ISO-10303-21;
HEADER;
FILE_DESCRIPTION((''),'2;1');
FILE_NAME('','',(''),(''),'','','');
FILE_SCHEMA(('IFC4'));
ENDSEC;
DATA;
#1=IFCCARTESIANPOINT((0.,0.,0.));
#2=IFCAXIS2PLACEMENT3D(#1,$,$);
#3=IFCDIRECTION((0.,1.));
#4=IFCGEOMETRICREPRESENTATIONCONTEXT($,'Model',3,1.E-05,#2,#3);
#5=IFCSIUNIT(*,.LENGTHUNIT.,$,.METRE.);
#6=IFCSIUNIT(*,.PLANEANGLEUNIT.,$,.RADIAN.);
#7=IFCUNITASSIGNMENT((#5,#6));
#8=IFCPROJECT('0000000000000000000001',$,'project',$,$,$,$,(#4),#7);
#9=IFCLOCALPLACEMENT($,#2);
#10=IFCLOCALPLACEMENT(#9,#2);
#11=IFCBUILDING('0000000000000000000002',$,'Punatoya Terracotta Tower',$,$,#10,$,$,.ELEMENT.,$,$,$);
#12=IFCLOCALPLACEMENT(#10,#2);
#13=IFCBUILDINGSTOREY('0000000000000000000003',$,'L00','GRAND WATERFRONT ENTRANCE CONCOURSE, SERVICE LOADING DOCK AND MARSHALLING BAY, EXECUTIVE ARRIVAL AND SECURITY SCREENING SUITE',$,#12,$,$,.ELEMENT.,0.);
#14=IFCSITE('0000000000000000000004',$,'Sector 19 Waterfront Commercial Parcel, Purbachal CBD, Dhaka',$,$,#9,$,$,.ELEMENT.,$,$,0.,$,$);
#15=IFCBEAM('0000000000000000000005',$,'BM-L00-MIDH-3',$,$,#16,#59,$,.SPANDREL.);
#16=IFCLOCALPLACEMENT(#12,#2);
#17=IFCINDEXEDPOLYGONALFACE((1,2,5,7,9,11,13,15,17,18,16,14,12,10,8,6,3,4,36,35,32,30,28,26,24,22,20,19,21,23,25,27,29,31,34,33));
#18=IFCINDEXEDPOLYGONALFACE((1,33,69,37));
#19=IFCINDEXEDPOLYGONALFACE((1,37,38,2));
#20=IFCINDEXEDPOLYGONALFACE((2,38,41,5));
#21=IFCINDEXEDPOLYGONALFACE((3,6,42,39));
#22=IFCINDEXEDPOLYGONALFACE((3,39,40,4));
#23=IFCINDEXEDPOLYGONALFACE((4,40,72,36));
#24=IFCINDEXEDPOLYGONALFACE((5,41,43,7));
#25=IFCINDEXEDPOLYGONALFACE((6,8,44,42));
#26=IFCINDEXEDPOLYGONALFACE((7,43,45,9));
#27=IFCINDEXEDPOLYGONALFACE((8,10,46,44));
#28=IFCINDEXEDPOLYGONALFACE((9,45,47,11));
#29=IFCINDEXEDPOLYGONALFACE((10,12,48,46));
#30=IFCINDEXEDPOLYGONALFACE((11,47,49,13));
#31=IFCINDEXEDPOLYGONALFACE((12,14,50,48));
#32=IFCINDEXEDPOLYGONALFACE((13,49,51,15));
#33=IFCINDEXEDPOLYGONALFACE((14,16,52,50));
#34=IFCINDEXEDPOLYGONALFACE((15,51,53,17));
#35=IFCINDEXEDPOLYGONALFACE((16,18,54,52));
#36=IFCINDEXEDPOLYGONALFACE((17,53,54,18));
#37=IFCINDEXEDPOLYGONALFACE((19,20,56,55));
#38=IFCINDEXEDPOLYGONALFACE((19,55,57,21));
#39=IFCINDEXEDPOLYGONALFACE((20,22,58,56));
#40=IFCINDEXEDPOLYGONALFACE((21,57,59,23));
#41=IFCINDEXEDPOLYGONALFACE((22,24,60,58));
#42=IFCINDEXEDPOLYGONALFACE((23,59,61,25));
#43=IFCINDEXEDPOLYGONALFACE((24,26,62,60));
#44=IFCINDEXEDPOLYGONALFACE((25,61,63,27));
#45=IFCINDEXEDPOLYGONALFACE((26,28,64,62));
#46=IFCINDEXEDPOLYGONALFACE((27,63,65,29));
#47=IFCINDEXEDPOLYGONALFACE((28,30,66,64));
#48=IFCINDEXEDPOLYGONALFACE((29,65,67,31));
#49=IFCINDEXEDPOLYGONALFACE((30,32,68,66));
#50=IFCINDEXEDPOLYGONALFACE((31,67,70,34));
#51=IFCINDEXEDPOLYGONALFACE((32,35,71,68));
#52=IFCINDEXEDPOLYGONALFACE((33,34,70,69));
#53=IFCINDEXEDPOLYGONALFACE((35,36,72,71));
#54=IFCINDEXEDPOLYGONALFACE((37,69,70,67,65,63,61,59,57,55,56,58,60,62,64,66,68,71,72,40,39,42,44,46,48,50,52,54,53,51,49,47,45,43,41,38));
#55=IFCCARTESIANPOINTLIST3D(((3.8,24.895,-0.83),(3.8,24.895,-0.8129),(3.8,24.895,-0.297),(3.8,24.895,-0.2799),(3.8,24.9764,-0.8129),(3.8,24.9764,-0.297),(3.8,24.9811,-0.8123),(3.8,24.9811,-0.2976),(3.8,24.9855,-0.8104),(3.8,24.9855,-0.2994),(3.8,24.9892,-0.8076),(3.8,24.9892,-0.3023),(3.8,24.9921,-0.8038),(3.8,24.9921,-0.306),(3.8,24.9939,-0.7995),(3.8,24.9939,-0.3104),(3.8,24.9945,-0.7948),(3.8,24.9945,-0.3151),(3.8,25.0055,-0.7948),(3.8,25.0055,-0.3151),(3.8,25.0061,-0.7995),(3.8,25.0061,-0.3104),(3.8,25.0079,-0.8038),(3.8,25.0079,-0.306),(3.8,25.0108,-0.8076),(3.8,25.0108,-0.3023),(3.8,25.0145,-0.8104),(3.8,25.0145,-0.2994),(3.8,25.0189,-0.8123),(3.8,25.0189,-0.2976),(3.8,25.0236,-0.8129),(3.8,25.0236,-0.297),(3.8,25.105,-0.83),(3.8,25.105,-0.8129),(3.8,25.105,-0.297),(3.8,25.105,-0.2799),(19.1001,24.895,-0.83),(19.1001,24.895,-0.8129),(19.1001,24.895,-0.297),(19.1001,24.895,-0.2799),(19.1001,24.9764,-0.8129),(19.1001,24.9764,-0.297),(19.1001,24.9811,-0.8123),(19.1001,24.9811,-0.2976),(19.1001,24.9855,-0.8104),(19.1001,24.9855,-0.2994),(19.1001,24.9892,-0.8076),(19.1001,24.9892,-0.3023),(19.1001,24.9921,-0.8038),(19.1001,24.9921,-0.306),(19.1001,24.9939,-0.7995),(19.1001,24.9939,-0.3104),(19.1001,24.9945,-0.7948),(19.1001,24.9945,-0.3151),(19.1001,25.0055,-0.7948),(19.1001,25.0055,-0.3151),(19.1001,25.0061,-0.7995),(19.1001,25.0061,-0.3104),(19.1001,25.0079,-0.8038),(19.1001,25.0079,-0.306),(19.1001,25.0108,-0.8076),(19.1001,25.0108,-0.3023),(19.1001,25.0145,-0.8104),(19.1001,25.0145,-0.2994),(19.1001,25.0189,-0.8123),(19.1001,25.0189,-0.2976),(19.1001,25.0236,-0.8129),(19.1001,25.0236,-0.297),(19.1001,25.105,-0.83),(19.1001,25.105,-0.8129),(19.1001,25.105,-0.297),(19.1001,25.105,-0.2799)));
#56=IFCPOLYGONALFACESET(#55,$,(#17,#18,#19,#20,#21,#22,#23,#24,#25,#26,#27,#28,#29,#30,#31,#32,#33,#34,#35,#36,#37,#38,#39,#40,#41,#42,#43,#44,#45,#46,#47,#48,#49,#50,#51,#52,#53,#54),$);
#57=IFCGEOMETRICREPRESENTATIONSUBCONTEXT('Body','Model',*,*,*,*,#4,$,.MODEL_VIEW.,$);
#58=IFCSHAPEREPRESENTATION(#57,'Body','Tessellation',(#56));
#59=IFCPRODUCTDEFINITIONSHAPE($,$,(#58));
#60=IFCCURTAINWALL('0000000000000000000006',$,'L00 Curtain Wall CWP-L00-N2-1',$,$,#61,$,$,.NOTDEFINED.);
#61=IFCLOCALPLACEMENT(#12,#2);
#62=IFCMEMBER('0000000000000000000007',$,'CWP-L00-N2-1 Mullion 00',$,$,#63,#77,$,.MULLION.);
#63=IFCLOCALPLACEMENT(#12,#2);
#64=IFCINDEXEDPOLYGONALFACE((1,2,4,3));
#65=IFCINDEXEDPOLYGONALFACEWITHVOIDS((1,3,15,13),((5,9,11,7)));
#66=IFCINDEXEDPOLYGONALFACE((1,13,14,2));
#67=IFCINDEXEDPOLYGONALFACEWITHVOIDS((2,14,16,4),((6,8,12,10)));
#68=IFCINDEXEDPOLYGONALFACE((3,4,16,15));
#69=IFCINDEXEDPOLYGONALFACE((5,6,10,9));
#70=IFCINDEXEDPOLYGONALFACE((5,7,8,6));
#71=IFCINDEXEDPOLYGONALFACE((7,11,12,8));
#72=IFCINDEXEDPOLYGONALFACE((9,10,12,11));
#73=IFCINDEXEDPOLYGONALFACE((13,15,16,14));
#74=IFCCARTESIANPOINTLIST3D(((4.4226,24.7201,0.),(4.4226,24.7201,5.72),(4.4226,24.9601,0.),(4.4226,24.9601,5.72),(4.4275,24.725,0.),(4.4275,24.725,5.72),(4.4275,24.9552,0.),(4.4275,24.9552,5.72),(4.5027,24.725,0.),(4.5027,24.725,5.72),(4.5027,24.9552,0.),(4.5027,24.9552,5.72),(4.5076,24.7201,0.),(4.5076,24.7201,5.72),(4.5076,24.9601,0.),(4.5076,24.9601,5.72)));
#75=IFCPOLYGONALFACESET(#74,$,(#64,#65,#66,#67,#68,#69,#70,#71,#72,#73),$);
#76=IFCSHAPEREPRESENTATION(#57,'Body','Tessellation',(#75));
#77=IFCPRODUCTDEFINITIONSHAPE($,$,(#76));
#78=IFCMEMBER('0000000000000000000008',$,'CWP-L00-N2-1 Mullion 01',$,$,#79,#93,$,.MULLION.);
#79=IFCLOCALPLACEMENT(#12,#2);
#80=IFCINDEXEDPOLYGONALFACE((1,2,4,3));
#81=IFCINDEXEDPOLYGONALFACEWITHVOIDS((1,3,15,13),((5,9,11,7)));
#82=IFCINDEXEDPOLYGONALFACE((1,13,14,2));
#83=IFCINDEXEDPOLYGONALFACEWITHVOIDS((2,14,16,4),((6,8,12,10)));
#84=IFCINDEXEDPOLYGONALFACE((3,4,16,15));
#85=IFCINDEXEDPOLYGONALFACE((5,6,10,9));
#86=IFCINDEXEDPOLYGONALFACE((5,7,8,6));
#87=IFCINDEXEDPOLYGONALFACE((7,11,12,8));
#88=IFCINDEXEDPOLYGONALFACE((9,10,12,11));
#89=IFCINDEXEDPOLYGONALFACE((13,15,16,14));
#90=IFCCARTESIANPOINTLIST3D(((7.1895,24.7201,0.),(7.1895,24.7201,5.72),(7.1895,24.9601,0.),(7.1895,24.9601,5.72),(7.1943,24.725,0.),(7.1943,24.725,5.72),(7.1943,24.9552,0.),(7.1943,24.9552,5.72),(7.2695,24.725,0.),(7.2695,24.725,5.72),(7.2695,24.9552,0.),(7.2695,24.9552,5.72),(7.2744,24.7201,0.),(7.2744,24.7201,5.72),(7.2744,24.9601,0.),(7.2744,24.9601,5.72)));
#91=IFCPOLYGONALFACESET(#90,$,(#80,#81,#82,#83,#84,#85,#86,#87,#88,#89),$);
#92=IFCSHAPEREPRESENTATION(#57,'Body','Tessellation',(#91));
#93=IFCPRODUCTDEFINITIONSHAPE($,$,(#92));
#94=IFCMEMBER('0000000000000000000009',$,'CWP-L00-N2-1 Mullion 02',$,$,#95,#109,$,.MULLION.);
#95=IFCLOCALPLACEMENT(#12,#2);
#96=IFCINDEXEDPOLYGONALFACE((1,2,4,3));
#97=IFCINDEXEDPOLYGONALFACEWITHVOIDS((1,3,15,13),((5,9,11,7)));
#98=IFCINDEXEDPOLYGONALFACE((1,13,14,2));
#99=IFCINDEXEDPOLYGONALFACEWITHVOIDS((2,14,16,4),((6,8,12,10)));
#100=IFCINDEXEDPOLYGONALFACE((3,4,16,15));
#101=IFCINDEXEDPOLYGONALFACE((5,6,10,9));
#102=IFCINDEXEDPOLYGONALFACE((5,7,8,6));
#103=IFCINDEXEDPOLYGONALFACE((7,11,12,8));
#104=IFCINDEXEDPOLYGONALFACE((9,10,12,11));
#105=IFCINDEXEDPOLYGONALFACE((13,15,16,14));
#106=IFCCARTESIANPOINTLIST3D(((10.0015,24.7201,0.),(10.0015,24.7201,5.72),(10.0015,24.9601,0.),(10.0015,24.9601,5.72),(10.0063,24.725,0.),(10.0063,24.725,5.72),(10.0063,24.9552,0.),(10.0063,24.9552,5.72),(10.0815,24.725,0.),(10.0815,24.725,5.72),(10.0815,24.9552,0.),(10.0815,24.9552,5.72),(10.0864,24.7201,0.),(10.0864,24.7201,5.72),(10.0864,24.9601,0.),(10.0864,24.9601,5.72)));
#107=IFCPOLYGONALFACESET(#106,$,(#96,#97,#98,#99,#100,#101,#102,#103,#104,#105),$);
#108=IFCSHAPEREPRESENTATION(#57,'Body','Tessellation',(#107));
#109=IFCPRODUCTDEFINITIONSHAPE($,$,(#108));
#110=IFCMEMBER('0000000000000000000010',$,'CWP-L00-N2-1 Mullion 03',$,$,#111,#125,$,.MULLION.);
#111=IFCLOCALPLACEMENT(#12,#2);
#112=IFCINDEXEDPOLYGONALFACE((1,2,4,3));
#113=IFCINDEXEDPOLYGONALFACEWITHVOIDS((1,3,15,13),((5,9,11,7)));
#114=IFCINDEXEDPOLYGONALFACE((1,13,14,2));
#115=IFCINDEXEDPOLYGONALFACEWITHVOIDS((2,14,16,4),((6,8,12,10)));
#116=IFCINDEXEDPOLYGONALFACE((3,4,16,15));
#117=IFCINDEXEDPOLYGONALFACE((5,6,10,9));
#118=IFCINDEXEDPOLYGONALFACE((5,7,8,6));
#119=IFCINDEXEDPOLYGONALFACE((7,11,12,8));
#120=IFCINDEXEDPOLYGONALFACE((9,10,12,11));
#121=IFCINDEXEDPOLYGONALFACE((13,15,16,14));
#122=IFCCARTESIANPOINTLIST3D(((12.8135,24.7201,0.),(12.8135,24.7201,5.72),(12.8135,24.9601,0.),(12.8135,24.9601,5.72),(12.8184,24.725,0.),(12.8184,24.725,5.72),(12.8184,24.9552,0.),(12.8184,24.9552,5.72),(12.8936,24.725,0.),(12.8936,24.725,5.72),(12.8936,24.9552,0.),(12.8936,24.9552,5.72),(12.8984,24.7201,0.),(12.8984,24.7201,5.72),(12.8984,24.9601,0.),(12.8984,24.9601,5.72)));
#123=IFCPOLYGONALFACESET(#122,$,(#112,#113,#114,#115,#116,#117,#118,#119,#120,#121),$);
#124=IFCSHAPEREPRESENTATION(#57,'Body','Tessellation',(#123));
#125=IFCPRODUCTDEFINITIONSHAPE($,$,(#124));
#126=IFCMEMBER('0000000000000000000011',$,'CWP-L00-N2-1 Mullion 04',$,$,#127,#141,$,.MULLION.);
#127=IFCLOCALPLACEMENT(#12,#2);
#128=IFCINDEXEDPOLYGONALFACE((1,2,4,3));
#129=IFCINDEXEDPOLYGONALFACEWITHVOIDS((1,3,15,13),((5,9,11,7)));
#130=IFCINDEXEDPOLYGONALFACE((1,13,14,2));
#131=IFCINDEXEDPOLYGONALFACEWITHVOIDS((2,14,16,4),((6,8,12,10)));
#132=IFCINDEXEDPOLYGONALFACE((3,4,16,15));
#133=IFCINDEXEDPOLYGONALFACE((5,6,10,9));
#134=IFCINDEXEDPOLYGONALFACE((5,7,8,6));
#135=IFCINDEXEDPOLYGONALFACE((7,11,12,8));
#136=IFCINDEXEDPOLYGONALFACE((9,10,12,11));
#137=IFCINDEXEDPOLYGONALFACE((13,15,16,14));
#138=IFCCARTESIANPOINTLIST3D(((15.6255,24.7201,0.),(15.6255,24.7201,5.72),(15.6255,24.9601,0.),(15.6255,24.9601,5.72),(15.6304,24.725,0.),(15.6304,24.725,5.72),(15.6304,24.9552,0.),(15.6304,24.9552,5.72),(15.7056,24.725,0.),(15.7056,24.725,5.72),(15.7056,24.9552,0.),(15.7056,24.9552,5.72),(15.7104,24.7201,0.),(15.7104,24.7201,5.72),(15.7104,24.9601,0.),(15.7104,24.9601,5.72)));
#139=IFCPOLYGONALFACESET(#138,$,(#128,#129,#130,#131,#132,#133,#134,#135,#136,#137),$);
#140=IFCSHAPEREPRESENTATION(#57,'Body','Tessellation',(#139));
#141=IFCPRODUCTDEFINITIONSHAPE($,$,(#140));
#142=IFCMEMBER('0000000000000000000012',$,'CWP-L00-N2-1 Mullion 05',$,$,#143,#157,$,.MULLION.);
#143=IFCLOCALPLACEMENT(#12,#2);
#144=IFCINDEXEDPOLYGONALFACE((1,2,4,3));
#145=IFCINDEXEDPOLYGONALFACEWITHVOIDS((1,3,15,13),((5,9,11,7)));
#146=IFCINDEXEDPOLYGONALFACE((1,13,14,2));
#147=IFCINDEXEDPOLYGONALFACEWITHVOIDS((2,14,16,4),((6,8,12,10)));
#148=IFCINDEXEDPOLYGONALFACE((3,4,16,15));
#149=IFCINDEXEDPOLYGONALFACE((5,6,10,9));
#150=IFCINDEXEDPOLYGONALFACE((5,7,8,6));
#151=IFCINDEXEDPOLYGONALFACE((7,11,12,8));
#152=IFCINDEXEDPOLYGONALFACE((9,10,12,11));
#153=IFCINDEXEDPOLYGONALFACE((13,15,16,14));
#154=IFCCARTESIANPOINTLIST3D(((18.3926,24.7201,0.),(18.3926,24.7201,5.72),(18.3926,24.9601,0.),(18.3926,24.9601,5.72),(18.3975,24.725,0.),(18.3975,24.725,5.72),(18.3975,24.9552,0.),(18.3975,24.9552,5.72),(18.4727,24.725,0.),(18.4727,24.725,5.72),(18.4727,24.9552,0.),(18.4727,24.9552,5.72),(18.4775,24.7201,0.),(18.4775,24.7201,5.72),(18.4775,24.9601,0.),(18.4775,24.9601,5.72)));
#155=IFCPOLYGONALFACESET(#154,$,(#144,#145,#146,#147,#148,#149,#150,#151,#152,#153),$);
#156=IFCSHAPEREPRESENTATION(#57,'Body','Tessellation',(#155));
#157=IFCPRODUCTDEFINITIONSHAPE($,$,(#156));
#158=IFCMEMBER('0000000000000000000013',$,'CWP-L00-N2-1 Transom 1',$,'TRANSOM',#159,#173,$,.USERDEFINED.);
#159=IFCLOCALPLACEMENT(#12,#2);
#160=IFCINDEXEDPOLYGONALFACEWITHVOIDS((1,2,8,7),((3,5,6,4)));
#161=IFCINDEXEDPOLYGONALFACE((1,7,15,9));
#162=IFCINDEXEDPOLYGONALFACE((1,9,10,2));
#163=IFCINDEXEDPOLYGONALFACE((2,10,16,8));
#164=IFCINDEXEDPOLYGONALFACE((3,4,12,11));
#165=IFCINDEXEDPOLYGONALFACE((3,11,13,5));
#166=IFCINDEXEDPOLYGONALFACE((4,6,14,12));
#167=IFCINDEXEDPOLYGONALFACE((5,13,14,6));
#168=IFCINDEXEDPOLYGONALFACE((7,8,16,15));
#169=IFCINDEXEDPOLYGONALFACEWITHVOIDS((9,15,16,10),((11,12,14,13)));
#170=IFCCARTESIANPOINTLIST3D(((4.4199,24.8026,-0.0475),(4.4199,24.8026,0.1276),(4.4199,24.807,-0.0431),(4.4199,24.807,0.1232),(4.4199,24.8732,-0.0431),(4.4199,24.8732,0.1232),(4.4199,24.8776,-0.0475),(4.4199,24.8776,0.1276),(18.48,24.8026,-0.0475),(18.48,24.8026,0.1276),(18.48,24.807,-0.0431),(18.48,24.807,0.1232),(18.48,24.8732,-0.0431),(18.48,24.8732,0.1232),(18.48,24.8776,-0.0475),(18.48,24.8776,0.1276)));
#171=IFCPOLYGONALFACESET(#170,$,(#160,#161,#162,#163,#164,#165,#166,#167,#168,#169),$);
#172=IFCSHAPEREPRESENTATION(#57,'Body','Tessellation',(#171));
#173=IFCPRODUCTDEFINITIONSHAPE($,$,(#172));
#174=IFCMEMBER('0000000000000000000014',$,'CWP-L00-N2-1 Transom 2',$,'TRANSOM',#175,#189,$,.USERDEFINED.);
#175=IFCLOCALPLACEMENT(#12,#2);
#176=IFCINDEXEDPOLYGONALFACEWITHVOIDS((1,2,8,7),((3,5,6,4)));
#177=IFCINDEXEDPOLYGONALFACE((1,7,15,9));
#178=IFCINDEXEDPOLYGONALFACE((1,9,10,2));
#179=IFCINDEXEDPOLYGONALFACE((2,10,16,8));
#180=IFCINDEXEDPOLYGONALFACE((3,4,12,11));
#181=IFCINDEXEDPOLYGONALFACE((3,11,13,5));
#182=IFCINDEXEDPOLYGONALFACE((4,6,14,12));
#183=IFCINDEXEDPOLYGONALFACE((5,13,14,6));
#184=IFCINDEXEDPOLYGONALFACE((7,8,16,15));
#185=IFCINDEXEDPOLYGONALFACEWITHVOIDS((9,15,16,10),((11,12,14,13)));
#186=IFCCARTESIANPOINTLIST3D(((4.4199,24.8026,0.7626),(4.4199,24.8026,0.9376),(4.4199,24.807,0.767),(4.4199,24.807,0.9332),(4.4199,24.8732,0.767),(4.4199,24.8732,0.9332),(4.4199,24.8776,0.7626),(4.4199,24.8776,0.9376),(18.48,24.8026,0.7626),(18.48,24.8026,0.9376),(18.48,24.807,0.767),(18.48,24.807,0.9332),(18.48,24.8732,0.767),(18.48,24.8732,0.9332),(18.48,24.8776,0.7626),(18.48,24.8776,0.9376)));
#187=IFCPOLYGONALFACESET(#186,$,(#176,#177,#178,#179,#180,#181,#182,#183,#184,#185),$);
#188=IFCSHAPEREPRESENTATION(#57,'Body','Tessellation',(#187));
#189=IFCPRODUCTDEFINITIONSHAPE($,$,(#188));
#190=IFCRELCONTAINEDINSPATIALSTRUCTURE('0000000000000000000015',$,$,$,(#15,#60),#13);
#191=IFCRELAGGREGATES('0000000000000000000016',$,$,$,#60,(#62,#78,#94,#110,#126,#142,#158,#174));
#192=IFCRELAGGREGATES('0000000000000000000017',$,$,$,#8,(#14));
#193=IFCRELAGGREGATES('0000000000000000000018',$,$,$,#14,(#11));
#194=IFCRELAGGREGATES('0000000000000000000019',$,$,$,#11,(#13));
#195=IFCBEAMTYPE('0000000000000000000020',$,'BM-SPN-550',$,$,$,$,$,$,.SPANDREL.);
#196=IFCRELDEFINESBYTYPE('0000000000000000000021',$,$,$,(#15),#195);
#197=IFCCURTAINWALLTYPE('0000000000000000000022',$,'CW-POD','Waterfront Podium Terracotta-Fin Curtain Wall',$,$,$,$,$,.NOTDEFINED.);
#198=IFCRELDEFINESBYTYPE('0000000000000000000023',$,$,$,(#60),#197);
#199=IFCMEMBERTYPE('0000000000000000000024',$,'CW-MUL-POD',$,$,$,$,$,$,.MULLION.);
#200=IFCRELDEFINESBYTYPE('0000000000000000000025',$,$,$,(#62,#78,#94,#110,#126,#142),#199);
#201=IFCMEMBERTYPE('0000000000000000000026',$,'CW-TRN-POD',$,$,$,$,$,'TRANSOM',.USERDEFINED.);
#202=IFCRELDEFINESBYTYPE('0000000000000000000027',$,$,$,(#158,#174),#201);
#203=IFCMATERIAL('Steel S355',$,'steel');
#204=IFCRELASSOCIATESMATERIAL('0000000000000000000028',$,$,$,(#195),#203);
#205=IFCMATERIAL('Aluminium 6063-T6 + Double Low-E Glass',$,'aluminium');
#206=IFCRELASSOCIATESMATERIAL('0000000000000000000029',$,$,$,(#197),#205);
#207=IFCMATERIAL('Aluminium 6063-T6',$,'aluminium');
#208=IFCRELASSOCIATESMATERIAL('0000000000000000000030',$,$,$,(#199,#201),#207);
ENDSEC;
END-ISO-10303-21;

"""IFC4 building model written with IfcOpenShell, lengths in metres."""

from ifc_helpers import new_model, si_unit, direction, frame, origin, origin_2d, place, context, subcontext, project, spatial, hollow_rectangle, i_section, extrude, material, material_profile, profile_set, type_object, element, aggregate, save


model = new_model("IFC4")

# Units and contexts
model_context = context("Model", 3, precision=1e-05, world=origin(), true_north=direction((0.0, 1.0)))
body_context = subcontext(model_context, "Body", "Model", "MODEL_VIEW")
ifc_project = project(units=[si_unit("LENGTHUNIT", "METRE"), si_unit("PLANEANGLEUNIT", "RADIAN")], contexts=[model_context])

# Site, building, storey
site_placement = place(None, origin())
site = spatial("IfcSite", under=ifc_project, at=site_placement, Name="Sector 19 Waterfront Commercial Parcel, Purbachal CBD, Dhaka", CompositionType="ELEMENT", RefElevation=0.0)
building_placement = place(site_placement, origin())
building = spatial("IfcBuilding", under=site, at=building_placement, Name="Punatoya Terracotta Tower", CompositionType="ELEMENT")
storey_placement = place(building_placement, origin())
storey = spatial("IfcBuildingStorey", under=building, at=storey_placement, Name="L00", Description="GRAND WATERFRONT ENTRANCE CONCOURSE, SERVICE LOADING DOCK AND MARSHALLING BAY, EXECUTIVE ARRIVAL AND SECURITY SCREENING SUITE", CompositionType="ELEMENT", Elevation=0.0)

# Beam
ifc_material_1 = material(Name="Steel S355", Category="steel")
ifc_material_profile_1 = material_profile(ifc_material_1, i_section(OverallWidth=0.21, OverallDepth=0.55, WebThickness=0.011, FlangeThickness=0.0171, FilletRadius=0.0181, at=origin_2d()))
ifc_profile_set_1 = profile_set([ifc_material_profile_1], Name="Steel S355")
beam_type_1 = type_object("IfcBeamType", Name="BM-SPN-550", PredefinedType="SPANDREL", material=ifc_profile_set_1)
beam_1_placement = place(storey_placement, frame((3.8, 25.0, -0.5549), z_axis=(1.0, 0.0, 0.0), x_axis=(0.0, 1.0, 0.0)))
element("IfcBeam", 1, at=beam_1_placement, inside=storey, type_object=beam_type_1, Name="BM-L00-MIDH-3", PredefinedType="SPANDREL", context=body_context, shape_type="SweptSolid", body=[
    extrude(i_section(OverallWidth=0.21, OverallDepth=0.55, WebThickness=0.011, FlangeThickness=0.0171, FilletRadius=0.0181, at=origin_2d()), origin(), (0.0, 0.0, 1.0), 15.3),
])

# Curtain wall, members
ifc_material_2 = material(Name="Aluminium 6063-T6 + Double Low-E Glass", Category="aluminium")
curtain_wall_type = type_object("IfcCurtainWallType", Name="CW-POD", Description="Waterfront Podium Terracotta-Fin Curtain Wall", PredefinedType="NOTDEFINED", material=ifc_material_2)
curtain_wall_placement = place(storey_placement, origin())
curtain_wall = element("IfcCurtainWall", 2, at=curtain_wall_placement, inside=storey, type_object=curtain_wall_type, Name="L00 Curtain Wall CWP-L00-N2-1", PredefinedType="NOTDEFINED")
ifc_material_3 = material(Name="Aluminium 6063-T6", Category="aluminium")
ifc_material_profile_2 = material_profile(ifc_material_3, hollow_rectangle(XDim=0.085, YDim=0.24, WallThickness=0.0049, at=origin_2d()))
ifc_profile_set_2 = profile_set([ifc_material_profile_2], Name="Aluminium 6063-T6")
member_type_1 = type_object("IfcMemberType", Name="CW-MUL-POD", PredefinedType="MULLION", material=ifc_profile_set_2)
member_1_placement = place(storey_placement, frame((4.4651, 24.8401, 0.0), z_axis=(0.0, 0.0, 1.0), x_axis=(1.0, 0.0, 0.0)))
member_1 = element("IfcMember", 3, at=member_1_placement, type_object=member_type_1, Name="CWP-L00-N2-1 Mullion 00", PredefinedType="MULLION", context=body_context, shape_type="SweptSolid", body=[
    extrude(hollow_rectangle(XDim=0.085, YDim=0.24, WallThickness=0.0049, at=origin_2d()), origin(), (0.0, 0.0, 1.0), 5.72),
])
member_2_placement = place(storey_placement, frame((7.2319, 24.8401, 0.0), z_axis=(0.0, 0.0, 1.0), x_axis=(1.0, 0.0, 0.0)))
member_2 = element("IfcMember", 4, at=member_2_placement, type_object=member_type_1, Name="CWP-L00-N2-1 Mullion 01", PredefinedType="MULLION", context=body_context, shape_type="SweptSolid", body=[
    extrude(hollow_rectangle(XDim=0.085, YDim=0.24, WallThickness=0.0049, at=origin_2d()), origin(), (0.0, 0.0, 1.0), 5.72),
])
member_3_placement = place(storey_placement, frame((10.0439, 24.8401, 0.0), z_axis=(0.0, 0.0, 1.0), x_axis=(1.0, 0.0, 0.0)))
member_3 = element("IfcMember", 5, at=member_3_placement, type_object=member_type_1, Name="CWP-L00-N2-1 Mullion 02", PredefinedType="MULLION", context=body_context, shape_type="SweptSolid", body=[
    extrude(hollow_rectangle(XDim=0.085, YDim=0.24, WallThickness=0.0049, at=origin_2d()), origin(), (0.0, 0.0, 1.0), 5.72),
])
member_4_placement = place(storey_placement, frame((12.856, 24.8401, 0.0), z_axis=(0.0, 0.0, 1.0), x_axis=(1.0, 0.0, 0.0)))
member_4 = element("IfcMember", 6, at=member_4_placement, type_object=member_type_1, Name="CWP-L00-N2-1 Mullion 03", PredefinedType="MULLION", context=body_context, shape_type="SweptSolid", body=[
    extrude(hollow_rectangle(XDim=0.085, YDim=0.24, WallThickness=0.0049, at=origin_2d()), origin(), (0.0, 0.0, 1.0), 5.72),
])
member_5_placement = place(storey_placement, frame((15.668, 24.8401, 0.0), z_axis=(0.0, 0.0, 1.0), x_axis=(1.0, 0.0, 0.0)))
member_5 = element("IfcMember", 7, at=member_5_placement, type_object=member_type_1, Name="CWP-L00-N2-1 Mullion 04", PredefinedType="MULLION", context=body_context, shape_type="SweptSolid", body=[
    extrude(hollow_rectangle(XDim=0.085, YDim=0.24, WallThickness=0.0049, at=origin_2d()), origin(), (0.0, 0.0, 1.0), 5.72),
])
member_6_placement = place(storey_placement, frame((18.4351, 24.8401, 0.0), z_axis=(0.0, 0.0, 1.0), x_axis=(1.0, 0.0, 0.0)))
member_6 = element("IfcMember", 8, at=member_6_placement, type_object=member_type_1, Name="CWP-L00-N2-1 Mullion 05", PredefinedType="MULLION", context=body_context, shape_type="SweptSolid", body=[
    extrude(hollow_rectangle(XDim=0.085, YDim=0.24, WallThickness=0.0049, at=origin_2d()), origin(), (0.0, 0.0, 1.0), 5.72),
])
ifc_material_profile_3 = material_profile(ifc_material_3, hollow_rectangle(XDim=0.075, YDim=0.175, WallThickness=0.0044, at=origin_2d()))
ifc_profile_set_3 = profile_set([ifc_material_profile_3], Name="Aluminium 6063-T6")
member_type_2 = type_object("IfcMemberType", Name="CW-TRN-POD", ElementType="TRANSOM", PredefinedType="USERDEFINED", material=ifc_profile_set_3)
member_7_placement = place(storey_placement, frame((4.4199, 24.8401, 0.04), z_axis=(1.0, 0.0, 0.0), x_axis=(0.0, 1.0, 0.0)))
member_7 = element("IfcMember", 9, at=member_7_placement, type_object=member_type_2, Name="CWP-L00-N2-1 Transom 1", ObjectType="TRANSOM", PredefinedType="USERDEFINED", context=body_context, shape_type="SweptSolid", body=[
    extrude(hollow_rectangle(XDim=0.075, YDim=0.175, WallThickness=0.0044, at=origin_2d()), origin(), (0.0, 0.0, 1.0), 14.0601),
])
member_8_placement = place(storey_placement, frame((4.4199, 24.8401, 0.8501), z_axis=(1.0, 0.0, 0.0), x_axis=(0.0, 1.0, 0.0)))
member_8 = element("IfcMember", 10, at=member_8_placement, type_object=member_type_2, Name="CWP-L00-N2-1 Transom 2", ObjectType="TRANSOM", PredefinedType="USERDEFINED", context=body_context, shape_type="SweptSolid", body=[
    extrude(hollow_rectangle(XDim=0.075, YDim=0.175, WallThickness=0.0044, at=origin_2d()), origin(), (0.0, 0.0, 1.0), 14.0601),
])
aggregate(curtain_wall, [member_1, member_2, member_3, member_4, member_5, member_6, member_7, member_8])

save(model, "model.ifc")
